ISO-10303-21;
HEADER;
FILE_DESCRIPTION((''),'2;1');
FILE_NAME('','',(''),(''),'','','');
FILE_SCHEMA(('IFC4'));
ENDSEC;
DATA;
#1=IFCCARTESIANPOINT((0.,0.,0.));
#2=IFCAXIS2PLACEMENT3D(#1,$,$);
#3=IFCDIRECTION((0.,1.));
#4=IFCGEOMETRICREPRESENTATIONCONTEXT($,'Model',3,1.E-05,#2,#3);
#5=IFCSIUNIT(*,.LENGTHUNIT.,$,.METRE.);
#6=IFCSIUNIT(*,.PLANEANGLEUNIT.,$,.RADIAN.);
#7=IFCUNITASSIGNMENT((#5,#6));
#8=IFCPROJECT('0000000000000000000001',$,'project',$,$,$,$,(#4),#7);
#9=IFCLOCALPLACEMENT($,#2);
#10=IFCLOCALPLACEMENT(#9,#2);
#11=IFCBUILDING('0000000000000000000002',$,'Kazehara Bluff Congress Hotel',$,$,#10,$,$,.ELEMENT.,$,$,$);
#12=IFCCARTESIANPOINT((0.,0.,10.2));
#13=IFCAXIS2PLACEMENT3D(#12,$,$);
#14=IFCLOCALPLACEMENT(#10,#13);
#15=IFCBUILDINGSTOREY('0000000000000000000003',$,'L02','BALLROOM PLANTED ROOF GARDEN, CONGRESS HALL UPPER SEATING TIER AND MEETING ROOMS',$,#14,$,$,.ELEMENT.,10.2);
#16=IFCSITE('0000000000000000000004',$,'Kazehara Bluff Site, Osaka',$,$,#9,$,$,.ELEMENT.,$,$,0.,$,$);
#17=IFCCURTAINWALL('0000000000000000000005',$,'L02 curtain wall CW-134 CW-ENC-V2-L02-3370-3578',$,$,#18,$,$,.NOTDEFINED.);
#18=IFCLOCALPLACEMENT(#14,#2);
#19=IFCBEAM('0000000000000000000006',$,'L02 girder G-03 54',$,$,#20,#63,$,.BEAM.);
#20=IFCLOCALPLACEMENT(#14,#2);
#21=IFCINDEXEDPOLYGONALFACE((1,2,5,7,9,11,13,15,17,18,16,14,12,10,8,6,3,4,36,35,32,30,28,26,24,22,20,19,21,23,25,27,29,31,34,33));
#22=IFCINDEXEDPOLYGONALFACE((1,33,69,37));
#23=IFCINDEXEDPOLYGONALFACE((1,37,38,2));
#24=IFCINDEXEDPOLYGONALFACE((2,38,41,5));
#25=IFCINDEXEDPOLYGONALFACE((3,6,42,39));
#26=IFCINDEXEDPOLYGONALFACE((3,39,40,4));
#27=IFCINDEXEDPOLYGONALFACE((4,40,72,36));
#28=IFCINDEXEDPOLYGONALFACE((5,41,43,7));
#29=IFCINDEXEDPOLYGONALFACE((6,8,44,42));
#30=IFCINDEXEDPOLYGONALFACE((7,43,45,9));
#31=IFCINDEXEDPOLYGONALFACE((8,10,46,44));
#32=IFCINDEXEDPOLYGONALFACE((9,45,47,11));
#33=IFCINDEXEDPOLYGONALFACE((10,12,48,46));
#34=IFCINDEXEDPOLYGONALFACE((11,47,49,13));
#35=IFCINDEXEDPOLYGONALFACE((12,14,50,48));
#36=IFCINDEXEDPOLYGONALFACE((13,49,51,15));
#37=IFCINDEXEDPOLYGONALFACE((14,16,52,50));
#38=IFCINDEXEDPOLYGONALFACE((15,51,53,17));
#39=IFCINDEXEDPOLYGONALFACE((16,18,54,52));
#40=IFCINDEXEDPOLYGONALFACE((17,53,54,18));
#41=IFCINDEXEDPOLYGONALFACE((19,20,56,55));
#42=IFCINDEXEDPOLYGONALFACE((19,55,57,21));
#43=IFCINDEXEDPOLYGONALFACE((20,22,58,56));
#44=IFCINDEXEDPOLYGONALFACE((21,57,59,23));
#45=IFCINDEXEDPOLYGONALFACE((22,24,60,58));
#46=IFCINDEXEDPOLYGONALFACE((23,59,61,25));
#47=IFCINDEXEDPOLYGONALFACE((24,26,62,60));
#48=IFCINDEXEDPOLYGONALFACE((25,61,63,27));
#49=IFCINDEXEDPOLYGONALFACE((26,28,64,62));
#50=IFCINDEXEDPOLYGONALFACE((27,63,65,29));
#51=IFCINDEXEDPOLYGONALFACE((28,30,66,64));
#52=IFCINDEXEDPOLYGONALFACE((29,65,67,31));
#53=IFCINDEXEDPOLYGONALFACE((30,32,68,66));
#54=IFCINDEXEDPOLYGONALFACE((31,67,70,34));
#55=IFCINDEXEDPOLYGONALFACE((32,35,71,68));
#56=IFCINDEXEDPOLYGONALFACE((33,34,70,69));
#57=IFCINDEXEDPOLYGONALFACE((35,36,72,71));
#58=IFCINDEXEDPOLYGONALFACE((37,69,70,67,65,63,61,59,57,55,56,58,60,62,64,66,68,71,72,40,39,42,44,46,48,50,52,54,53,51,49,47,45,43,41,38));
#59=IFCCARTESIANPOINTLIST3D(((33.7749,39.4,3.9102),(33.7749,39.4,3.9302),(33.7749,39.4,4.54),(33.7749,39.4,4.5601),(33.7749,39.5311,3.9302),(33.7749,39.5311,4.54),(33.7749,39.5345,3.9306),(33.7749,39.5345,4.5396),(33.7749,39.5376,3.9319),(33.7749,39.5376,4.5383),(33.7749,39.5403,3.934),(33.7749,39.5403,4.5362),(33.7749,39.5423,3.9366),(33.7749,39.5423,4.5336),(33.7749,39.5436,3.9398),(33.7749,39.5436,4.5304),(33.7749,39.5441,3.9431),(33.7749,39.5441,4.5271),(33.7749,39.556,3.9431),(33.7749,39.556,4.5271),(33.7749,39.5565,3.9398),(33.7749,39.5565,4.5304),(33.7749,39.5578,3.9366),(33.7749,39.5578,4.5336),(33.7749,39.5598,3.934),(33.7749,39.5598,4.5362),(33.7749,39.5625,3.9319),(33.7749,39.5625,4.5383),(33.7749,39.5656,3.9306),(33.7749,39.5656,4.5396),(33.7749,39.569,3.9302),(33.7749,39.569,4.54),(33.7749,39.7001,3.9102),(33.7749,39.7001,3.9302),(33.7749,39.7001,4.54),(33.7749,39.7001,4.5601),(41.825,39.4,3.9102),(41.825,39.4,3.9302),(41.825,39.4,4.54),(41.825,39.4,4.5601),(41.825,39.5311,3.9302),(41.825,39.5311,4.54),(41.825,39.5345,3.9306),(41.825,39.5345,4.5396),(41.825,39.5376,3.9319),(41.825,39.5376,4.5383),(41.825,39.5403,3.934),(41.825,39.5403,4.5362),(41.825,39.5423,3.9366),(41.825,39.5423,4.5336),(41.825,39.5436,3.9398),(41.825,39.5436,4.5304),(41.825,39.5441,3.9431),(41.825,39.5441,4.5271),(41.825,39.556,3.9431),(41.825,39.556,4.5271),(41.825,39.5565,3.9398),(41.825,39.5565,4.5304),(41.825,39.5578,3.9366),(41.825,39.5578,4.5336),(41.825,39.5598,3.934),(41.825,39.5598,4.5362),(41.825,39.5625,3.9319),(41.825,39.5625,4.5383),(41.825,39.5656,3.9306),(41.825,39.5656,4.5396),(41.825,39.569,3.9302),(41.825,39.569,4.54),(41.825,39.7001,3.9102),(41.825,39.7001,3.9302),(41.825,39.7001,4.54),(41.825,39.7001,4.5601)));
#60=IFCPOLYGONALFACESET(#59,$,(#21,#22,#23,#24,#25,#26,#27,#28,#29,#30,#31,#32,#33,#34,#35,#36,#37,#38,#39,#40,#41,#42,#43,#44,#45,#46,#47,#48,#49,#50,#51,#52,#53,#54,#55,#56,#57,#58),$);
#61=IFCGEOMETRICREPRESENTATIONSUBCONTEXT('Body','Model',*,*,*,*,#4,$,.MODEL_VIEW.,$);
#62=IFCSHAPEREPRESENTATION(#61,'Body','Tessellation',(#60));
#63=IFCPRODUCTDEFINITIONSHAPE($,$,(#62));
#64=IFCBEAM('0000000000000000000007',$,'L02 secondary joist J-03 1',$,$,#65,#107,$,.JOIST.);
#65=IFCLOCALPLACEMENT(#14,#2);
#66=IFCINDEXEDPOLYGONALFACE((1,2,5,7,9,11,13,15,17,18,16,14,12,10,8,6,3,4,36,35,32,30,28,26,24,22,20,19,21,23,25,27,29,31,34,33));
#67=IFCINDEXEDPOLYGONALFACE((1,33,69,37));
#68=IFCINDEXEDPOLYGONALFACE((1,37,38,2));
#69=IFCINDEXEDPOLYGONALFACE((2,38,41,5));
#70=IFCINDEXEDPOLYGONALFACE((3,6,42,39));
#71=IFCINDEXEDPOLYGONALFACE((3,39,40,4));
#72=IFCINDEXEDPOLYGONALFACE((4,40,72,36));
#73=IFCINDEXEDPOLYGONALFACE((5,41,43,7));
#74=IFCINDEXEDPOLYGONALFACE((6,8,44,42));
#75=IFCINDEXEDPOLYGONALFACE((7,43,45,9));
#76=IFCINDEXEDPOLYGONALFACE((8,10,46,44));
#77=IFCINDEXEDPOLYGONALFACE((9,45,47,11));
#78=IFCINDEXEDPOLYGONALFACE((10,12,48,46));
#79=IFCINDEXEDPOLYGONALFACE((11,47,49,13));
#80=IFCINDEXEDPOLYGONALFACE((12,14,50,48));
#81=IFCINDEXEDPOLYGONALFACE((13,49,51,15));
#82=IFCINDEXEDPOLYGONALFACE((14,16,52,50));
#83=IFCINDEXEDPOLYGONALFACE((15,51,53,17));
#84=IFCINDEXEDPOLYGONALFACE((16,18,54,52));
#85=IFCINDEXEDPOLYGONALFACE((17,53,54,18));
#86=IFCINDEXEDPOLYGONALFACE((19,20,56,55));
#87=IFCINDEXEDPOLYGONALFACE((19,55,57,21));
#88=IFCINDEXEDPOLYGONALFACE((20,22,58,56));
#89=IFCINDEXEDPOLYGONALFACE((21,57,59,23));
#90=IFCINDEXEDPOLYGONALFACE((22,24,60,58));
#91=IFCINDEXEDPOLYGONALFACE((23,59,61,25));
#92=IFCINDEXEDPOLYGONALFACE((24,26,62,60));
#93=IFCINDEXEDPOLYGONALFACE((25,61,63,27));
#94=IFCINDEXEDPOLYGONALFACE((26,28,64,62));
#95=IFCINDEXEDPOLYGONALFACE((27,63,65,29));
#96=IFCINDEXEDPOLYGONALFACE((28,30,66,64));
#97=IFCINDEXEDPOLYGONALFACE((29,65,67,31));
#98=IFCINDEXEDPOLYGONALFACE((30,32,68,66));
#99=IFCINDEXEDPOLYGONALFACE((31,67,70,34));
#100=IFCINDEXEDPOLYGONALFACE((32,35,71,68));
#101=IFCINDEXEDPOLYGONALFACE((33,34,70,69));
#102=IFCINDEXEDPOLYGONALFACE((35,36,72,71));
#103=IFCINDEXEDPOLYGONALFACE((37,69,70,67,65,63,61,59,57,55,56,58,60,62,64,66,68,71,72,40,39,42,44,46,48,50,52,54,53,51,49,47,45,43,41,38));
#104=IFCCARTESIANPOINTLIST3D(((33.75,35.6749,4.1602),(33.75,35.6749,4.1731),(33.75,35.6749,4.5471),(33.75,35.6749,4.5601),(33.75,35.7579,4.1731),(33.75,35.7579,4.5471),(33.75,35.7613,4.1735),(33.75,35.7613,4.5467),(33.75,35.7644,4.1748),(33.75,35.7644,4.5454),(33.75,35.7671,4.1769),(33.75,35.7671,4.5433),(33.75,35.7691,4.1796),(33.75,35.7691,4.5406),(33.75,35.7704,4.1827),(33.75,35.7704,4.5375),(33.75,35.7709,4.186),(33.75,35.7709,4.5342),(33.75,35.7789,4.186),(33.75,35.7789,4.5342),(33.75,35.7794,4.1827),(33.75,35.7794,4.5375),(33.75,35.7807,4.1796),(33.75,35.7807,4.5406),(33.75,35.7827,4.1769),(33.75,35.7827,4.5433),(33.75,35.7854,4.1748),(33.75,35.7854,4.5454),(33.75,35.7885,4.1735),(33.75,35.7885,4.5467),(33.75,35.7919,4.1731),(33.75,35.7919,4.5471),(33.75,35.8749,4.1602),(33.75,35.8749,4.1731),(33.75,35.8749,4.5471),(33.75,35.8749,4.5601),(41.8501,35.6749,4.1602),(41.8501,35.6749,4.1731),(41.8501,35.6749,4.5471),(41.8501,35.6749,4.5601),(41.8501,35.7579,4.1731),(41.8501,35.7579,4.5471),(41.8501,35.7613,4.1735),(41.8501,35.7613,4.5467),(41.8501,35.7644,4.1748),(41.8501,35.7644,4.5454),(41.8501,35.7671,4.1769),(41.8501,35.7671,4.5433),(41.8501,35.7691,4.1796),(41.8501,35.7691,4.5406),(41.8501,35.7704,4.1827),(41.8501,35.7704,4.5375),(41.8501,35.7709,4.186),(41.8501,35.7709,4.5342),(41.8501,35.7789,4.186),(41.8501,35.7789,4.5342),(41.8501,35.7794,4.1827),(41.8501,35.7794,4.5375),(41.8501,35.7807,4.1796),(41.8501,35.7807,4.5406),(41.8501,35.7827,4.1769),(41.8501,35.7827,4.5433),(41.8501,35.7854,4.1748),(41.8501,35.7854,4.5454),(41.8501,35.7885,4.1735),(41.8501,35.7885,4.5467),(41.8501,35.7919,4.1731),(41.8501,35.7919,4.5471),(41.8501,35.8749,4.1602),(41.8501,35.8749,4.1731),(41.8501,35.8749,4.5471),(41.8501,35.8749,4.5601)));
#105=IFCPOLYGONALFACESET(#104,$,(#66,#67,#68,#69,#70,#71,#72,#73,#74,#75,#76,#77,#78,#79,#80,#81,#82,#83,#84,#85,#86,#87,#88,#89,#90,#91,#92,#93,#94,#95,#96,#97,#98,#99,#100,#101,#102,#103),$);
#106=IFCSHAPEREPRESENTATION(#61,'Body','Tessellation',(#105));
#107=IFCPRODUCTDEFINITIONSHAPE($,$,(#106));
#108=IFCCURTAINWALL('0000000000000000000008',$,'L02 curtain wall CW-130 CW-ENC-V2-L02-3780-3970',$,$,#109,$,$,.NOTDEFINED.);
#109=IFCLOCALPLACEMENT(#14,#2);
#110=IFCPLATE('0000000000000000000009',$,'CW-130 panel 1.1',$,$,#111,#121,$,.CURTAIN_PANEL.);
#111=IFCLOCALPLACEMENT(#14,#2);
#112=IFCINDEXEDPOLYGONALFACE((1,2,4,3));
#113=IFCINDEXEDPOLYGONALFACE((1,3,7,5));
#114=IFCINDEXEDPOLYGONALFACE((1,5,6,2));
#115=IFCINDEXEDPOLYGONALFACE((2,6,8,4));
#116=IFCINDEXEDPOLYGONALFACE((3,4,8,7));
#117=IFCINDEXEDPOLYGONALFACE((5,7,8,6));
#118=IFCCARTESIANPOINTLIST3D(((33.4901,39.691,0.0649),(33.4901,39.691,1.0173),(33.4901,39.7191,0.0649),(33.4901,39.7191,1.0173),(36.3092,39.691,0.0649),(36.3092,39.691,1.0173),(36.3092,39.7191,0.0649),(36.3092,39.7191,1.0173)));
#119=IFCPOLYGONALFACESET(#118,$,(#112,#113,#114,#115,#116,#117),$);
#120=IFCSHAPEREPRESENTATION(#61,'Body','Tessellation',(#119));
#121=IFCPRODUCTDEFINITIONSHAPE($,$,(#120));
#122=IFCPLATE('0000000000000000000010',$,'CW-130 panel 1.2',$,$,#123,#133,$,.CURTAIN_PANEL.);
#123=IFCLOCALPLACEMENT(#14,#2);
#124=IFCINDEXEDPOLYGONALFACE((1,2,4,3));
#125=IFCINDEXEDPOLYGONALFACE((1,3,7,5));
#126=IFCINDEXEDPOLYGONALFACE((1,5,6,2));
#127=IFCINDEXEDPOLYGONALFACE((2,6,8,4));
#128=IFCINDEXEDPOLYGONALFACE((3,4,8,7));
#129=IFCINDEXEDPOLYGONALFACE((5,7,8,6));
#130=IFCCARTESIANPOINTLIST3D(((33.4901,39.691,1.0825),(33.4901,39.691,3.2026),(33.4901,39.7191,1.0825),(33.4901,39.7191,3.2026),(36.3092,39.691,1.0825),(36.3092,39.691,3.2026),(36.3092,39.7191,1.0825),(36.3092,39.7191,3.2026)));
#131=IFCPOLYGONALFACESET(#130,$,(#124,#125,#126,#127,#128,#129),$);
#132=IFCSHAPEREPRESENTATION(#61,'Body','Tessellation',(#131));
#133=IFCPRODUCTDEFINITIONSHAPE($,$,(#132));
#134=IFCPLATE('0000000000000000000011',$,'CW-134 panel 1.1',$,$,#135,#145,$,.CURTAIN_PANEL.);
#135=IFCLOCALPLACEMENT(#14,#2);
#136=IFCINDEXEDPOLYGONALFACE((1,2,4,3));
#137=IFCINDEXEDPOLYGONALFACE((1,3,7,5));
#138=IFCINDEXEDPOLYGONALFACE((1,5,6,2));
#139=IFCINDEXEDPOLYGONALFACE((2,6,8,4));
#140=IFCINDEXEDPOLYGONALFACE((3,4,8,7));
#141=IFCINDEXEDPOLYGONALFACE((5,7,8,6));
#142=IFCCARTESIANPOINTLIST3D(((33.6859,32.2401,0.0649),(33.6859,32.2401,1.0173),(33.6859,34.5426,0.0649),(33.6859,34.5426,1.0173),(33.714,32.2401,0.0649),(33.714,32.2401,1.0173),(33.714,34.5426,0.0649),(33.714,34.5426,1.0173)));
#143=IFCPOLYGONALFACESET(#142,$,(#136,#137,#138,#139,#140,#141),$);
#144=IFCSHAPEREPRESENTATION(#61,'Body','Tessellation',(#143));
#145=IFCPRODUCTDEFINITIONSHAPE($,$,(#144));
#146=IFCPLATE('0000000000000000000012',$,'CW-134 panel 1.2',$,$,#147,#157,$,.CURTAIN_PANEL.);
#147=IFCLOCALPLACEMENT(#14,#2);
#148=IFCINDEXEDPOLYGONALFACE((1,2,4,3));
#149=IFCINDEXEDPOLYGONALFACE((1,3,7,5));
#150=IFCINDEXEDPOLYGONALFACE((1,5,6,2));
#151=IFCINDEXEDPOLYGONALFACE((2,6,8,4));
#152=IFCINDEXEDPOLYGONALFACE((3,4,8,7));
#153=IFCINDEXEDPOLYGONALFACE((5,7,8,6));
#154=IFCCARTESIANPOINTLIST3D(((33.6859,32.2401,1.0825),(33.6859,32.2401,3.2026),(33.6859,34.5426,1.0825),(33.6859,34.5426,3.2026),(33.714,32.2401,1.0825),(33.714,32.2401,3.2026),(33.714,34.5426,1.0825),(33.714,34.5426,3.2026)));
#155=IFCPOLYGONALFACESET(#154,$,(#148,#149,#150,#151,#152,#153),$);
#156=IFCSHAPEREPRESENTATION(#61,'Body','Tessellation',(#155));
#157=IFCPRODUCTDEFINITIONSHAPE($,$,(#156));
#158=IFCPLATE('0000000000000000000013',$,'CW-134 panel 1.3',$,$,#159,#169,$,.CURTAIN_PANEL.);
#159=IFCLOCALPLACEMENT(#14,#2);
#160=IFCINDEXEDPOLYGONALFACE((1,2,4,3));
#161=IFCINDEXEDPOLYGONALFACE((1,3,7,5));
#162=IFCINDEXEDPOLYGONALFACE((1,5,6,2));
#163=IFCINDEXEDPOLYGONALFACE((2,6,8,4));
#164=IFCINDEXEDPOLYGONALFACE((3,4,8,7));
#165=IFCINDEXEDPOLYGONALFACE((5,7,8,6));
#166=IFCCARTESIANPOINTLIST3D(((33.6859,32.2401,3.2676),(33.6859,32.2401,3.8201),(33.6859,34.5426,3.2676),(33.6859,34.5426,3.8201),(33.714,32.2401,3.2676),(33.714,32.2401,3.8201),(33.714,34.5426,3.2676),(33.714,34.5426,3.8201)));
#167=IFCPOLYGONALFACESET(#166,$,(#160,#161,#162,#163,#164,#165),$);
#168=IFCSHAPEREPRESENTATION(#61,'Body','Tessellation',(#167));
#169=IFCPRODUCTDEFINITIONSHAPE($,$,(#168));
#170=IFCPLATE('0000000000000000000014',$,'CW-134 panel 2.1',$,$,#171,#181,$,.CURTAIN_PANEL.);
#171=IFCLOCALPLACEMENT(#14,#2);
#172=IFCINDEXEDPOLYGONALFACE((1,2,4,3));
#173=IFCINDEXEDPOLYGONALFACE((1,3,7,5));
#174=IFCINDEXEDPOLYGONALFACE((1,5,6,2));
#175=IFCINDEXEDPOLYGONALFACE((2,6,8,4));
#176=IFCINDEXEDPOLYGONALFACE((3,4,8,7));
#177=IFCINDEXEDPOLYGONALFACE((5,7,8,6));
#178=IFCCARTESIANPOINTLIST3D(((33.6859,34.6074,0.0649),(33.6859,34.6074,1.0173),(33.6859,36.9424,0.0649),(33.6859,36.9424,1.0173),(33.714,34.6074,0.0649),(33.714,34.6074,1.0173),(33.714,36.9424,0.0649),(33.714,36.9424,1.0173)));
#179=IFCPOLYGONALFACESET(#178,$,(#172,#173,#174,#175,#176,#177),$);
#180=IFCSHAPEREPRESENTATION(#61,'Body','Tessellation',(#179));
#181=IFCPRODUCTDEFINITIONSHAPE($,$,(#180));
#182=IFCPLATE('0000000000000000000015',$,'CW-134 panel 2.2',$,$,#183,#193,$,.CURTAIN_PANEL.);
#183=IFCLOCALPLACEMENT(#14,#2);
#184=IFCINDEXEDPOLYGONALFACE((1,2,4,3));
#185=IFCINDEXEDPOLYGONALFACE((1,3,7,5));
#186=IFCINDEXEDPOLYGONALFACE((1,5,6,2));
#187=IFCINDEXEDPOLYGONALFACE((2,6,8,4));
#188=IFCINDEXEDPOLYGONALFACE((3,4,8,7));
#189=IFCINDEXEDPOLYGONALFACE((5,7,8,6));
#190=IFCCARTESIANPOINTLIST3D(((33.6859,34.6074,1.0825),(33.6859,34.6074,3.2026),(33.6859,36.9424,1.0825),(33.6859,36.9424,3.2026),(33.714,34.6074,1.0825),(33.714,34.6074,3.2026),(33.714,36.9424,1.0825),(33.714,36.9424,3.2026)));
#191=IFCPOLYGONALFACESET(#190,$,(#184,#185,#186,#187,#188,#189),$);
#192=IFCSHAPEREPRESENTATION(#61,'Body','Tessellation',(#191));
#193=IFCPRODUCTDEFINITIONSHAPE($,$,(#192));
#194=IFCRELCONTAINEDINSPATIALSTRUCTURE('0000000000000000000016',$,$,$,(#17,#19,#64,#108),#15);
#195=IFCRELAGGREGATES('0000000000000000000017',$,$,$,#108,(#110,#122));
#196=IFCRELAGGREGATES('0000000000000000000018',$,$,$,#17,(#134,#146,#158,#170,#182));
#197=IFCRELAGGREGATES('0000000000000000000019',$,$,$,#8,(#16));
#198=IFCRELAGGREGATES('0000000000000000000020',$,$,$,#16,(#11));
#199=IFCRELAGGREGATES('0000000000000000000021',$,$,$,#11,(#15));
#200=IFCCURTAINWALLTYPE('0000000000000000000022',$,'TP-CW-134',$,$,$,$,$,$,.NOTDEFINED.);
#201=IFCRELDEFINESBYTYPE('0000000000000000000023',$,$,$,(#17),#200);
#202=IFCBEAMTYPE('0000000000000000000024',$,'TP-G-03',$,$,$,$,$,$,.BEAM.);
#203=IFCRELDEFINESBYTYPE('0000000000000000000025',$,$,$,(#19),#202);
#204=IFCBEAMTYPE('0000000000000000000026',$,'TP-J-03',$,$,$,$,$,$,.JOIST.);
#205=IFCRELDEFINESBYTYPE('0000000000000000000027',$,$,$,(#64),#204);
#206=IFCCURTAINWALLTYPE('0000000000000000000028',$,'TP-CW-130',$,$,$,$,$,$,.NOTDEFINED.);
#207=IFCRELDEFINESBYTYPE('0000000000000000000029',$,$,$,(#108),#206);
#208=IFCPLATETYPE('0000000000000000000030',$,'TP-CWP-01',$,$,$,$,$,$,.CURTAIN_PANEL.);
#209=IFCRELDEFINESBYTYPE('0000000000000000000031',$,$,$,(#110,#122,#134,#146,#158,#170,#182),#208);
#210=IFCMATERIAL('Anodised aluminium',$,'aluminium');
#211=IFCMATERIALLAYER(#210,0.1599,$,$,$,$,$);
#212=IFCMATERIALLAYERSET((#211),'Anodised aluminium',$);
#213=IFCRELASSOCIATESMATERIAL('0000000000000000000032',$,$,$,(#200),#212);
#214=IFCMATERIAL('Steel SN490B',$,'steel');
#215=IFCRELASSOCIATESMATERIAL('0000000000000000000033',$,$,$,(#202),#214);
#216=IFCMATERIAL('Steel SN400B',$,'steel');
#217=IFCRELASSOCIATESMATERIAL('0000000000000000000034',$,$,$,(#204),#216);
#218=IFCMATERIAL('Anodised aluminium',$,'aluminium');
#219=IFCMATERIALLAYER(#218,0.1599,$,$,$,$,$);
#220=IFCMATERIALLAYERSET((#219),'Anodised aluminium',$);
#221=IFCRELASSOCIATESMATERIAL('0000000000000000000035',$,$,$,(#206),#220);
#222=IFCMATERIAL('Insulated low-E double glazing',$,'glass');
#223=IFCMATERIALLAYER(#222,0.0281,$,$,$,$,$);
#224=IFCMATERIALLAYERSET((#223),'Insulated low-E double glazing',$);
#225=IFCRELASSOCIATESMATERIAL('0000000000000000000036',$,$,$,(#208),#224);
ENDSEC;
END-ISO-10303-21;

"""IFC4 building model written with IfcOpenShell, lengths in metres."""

from ifc_helpers import new_model, si_unit, direction, frame, origin, origin_2d, place, context, subcontext, project, spatial, rectangle, i_section, extrude, material, layer, layer_set, material_profile, profile_set, type_object, element, aggregate, save


model = new_model("IFC4")

# Units and contexts
model_context = context("Model", 3, precision=1e-05, world=origin(), true_north=direction((0.0, 1.0)))
body_context = subcontext(model_context, "Body", "Model", "MODEL_VIEW")
ifc_project = project(units=[si_unit("LENGTHUNIT", "METRE"), si_unit("PLANEANGLEUNIT", "RADIAN")], contexts=[model_context])

# Site, building, storey
site_placement = place(None, origin())
site = spatial("IfcSite", under=ifc_project, at=site_placement, Name="Kazehara Bluff Site, Osaka", CompositionType="ELEMENT", RefElevation=0.0)
building_placement = place(site_placement, origin())
building = spatial("IfcBuilding", under=site, at=building_placement, Name="Kazehara Bluff Congress Hotel", CompositionType="ELEMENT")
storey_placement = place(building_placement, frame((0.0, 0.0, 10.2)))
storey = spatial("IfcBuildingStorey", under=building, at=storey_placement, Name="L02", Description="BALLROOM PLANTED ROOF GARDEN, CONGRESS HALL UPPER SEATING TIER AND MEETING ROOMS", CompositionType="ELEMENT", Elevation=10.2)

# Curtain wall
ifc_material_1 = material(Name="Anodised aluminium", Category="aluminium")
ifc_layer_1 = layer(ifc_material_1, 0.1599)
ifc_layer_set_1 = layer_set([ifc_layer_1], Name="Anodised aluminium")
curtain_wall_type_1 = type_object("IfcCurtainWallType", Name="TP-CW-134", PredefinedType="NOTDEFINED", material=ifc_layer_set_1)
curtain_wall_1_placement = place(storey_placement, origin())
curtain_wall_1 = element("IfcCurtainWall", 1, at=curtain_wall_1_placement, inside=storey, type_object=curtain_wall_type_1, Name="L02 curtain wall CW-134 CW-ENC-V2-L02-3370-3578", PredefinedType="NOTDEFINED")

# Beams
ifc_material_2 = material(Name="Steel SN490B", Category="steel")
ifc_material_profile_1 = material_profile(ifc_material_2, i_section(OverallWidth=0.3, OverallDepth=0.6499, WebThickness=0.012, FlangeThickness=0.02, FilletRadius=0.0129, at=origin_2d()))
ifc_profile_set_1 = profile_set([ifc_material_profile_1], Name="Steel SN490B")
beam_type_1 = type_object("IfcBeamType", Name="TP-G-03", PredefinedType="BEAM", material=ifc_profile_set_1)
for number, where, z_axis, x_axis, name in (
    (2, (33.7749, 39.55, 4.2351), (1.0, 0.0, 0.0), (0.0, 1.0, 0.0), "L02 girder G-03 54"),
):
    element("IfcBeam", number, at=place(storey_placement, frame(where, z_axis=z_axis, x_axis=x_axis)), inside=storey, type_object=beam_type_1, Name=name, PredefinedType="BEAM", context=body_context, shape_type="SweptSolid", body=[
        extrude(i_section(OverallWidth=0.3, OverallDepth=0.6499, WebThickness=0.012, FlangeThickness=0.02, FilletRadius=0.0129, at=origin_2d()), origin(), (0.0, 0.0, 1.0), 8.05),
    ])
ifc_material_3 = material(Name="Steel SN400B", Category="steel")
ifc_material_profile_2 = material_profile(ifc_material_3, i_section(OverallWidth=0.2, OverallDepth=0.3999, WebThickness=0.0081, FlangeThickness=0.0129, FilletRadius=0.0129, at=origin_2d()))
ifc_profile_set_2 = profile_set([ifc_material_profile_2], Name="Steel SN400B")
beam_type_2 = type_object("IfcBeamType", Name="TP-J-03", PredefinedType="JOIST", material=ifc_profile_set_2)
beam_placement = place(storey_placement, frame((33.75, 35.7749, 4.3601), z_axis=(1.0, 0.0, 0.0), x_axis=(0.0, 1.0, 0.0)))
element("IfcBeam", 3, at=beam_placement, inside=storey, type_object=beam_type_2, Name="L02 secondary joist J-03 1", PredefinedType="JOIST", context=body_context, shape_type="SweptSolid", body=[
    extrude(i_section(OverallWidth=0.2, OverallDepth=0.3999, WebThickness=0.0081, FlangeThickness=0.0129, FilletRadius=0.0129, at=origin_2d()), origin(), (0.0, 0.0, 1.0), 8.1001),
])

# Curtain wall, plates
ifc_material_4 = material(Name="Anodised aluminium", Category="aluminium")
ifc_layer_2 = layer(ifc_material_4, 0.1599)
ifc_layer_set_2 = layer_set([ifc_layer_2], Name="Anodised aluminium")
curtain_wall_type_2 = type_object("IfcCurtainWallType", Name="TP-CW-130", PredefinedType="NOTDEFINED", material=ifc_layer_set_2)
curtain_wall_2_placement = place(storey_placement, origin())
curtain_wall_2 = element("IfcCurtainWall", 4, at=curtain_wall_2_placement, inside=storey, type_object=curtain_wall_type_2, Name="L02 curtain wall CW-130 CW-ENC-V2-L02-3780-3970", PredefinedType="NOTDEFINED")
ifc_material_5 = material(Name="Insulated low-E double glazing", Category="glass")
ifc_layer_3 = layer(ifc_material_5, 0.0281)
ifc_layer_set_3 = layer_set([ifc_layer_3], Name="Insulated low-E double glazing")
plate_type = type_object("IfcPlateType", Name="TP-CWP-01", PredefinedType="CURTAIN_PANEL", material=ifc_layer_set_3)
plate_1_placement = place(storey_placement, frame((34.8997, 39.7051, 0.0649), z_axis=(0.0, 0.0, 1.0), x_axis=(1.0, 0.0, 0.0)))
plate_1 = element("IfcPlate", 5, at=plate_1_placement, type_object=plate_type, Name="CW-130 panel 1.1", PredefinedType="CURTAIN_PANEL", context=body_context, shape_type="SweptSolid", body=[
    extrude(rectangle(XDim=2.8191, YDim=0.0281, at=origin_2d()), origin(), (0.0, 0.0, 1.0), 0.9524),
])
plate_2_placement = place(storey_placement, frame((34.8997, 39.7051, 1.0825), z_axis=(0.0, 0.0, 1.0), x_axis=(1.0, 0.0, 0.0)))
plate_2 = element("IfcPlate", 6, at=plate_2_placement, type_object=plate_type, Name="CW-130 panel 1.2", PredefinedType="CURTAIN_PANEL", context=body_context, shape_type="SweptSolid", body=[
    extrude(rectangle(XDim=2.8191, YDim=0.0281, at=origin_2d()), origin(), (0.0, 0.0, 1.0), 2.1201),
])
aggregate(curtain_wall_2, [plate_1, plate_2])

# Plates
plate_3_placement = place(storey_placement, frame((33.7, 33.3914, 0.0649), z_axis=(0.0, 0.0, 1.0), x_axis=(0.0, 1.0, 0.0)))
plate_3 = element("IfcPlate", 7, at=plate_3_placement, type_object=plate_type, Name="CW-134 panel 1.1", PredefinedType="CURTAIN_PANEL", context=body_context, shape_type="SweptSolid", body=[
    extrude(rectangle(XDim=2.3025, YDim=0.0281, at=origin_2d()), origin(), (0.0, 0.0, 1.0), 0.9524),
])
plate_4_placement = place(storey_placement, frame((33.7, 33.3914, 1.0825), z_axis=(0.0, 0.0, 1.0), x_axis=(0.0, 1.0, 0.0)))
plate_4 = element("IfcPlate", 8, at=plate_4_placement, type_object=plate_type, Name="CW-134 panel 1.2", PredefinedType="CURTAIN_PANEL", context=body_context, shape_type="SweptSolid", body=[
    extrude(rectangle(XDim=2.3025, YDim=0.0281, at=origin_2d()), origin(), (0.0, 0.0, 1.0), 2.1201),
])
plate_5_placement = place(storey_placement, frame((33.7, 33.3914, 3.2676), z_axis=(0.0, 0.0, 1.0), x_axis=(0.0, 1.0, 0.0)))
plate_5 = element("IfcPlate", 9, at=plate_5_placement, type_object=plate_type, Name="CW-134 panel 1.3", PredefinedType="CURTAIN_PANEL", context=body_context, shape_type="SweptSolid", body=[
    extrude(rectangle(XDim=2.3025, YDim=0.0281, at=origin_2d()), origin(), (0.0, 0.0, 1.0), 0.5525),
])
plate_6_placement = place(storey_placement, frame((33.7, 35.7749, 0.0649), z_axis=(0.0, 0.0, 1.0), x_axis=(0.0, 1.0, 0.0)))
plate_6 = element("IfcPlate", 10, at=plate_6_placement, type_object=plate_type, Name="CW-134 panel 2.1", PredefinedType="CURTAIN_PANEL", context=body_context, shape_type="SweptSolid", body=[
    extrude(rectangle(XDim=2.335, YDim=0.0281, at=origin_2d()), origin(), (0.0, 0.0, 1.0), 0.9524),
])
plate_7_placement = place(storey_placement, frame((33.7, 35.7749, 1.0825), z_axis=(0.0, 0.0, 1.0), x_axis=(0.0, 1.0, 0.0)))
plate_7 = element("IfcPlate", 11, at=plate_7_placement, type_object=plate_type, Name="CW-134 panel 2.2", PredefinedType="CURTAIN_PANEL", context=body_context, shape_type="SweptSolid", body=[
    extrude(rectangle(XDim=2.335, YDim=0.0281, at=origin_2d()), origin(), (0.0, 0.0, 1.0), 2.1201),
])
aggregate(curtain_wall_1, [plate_3, plate_4, plate_5, plate_6, plate_7])

save(model, "model.ifc")
